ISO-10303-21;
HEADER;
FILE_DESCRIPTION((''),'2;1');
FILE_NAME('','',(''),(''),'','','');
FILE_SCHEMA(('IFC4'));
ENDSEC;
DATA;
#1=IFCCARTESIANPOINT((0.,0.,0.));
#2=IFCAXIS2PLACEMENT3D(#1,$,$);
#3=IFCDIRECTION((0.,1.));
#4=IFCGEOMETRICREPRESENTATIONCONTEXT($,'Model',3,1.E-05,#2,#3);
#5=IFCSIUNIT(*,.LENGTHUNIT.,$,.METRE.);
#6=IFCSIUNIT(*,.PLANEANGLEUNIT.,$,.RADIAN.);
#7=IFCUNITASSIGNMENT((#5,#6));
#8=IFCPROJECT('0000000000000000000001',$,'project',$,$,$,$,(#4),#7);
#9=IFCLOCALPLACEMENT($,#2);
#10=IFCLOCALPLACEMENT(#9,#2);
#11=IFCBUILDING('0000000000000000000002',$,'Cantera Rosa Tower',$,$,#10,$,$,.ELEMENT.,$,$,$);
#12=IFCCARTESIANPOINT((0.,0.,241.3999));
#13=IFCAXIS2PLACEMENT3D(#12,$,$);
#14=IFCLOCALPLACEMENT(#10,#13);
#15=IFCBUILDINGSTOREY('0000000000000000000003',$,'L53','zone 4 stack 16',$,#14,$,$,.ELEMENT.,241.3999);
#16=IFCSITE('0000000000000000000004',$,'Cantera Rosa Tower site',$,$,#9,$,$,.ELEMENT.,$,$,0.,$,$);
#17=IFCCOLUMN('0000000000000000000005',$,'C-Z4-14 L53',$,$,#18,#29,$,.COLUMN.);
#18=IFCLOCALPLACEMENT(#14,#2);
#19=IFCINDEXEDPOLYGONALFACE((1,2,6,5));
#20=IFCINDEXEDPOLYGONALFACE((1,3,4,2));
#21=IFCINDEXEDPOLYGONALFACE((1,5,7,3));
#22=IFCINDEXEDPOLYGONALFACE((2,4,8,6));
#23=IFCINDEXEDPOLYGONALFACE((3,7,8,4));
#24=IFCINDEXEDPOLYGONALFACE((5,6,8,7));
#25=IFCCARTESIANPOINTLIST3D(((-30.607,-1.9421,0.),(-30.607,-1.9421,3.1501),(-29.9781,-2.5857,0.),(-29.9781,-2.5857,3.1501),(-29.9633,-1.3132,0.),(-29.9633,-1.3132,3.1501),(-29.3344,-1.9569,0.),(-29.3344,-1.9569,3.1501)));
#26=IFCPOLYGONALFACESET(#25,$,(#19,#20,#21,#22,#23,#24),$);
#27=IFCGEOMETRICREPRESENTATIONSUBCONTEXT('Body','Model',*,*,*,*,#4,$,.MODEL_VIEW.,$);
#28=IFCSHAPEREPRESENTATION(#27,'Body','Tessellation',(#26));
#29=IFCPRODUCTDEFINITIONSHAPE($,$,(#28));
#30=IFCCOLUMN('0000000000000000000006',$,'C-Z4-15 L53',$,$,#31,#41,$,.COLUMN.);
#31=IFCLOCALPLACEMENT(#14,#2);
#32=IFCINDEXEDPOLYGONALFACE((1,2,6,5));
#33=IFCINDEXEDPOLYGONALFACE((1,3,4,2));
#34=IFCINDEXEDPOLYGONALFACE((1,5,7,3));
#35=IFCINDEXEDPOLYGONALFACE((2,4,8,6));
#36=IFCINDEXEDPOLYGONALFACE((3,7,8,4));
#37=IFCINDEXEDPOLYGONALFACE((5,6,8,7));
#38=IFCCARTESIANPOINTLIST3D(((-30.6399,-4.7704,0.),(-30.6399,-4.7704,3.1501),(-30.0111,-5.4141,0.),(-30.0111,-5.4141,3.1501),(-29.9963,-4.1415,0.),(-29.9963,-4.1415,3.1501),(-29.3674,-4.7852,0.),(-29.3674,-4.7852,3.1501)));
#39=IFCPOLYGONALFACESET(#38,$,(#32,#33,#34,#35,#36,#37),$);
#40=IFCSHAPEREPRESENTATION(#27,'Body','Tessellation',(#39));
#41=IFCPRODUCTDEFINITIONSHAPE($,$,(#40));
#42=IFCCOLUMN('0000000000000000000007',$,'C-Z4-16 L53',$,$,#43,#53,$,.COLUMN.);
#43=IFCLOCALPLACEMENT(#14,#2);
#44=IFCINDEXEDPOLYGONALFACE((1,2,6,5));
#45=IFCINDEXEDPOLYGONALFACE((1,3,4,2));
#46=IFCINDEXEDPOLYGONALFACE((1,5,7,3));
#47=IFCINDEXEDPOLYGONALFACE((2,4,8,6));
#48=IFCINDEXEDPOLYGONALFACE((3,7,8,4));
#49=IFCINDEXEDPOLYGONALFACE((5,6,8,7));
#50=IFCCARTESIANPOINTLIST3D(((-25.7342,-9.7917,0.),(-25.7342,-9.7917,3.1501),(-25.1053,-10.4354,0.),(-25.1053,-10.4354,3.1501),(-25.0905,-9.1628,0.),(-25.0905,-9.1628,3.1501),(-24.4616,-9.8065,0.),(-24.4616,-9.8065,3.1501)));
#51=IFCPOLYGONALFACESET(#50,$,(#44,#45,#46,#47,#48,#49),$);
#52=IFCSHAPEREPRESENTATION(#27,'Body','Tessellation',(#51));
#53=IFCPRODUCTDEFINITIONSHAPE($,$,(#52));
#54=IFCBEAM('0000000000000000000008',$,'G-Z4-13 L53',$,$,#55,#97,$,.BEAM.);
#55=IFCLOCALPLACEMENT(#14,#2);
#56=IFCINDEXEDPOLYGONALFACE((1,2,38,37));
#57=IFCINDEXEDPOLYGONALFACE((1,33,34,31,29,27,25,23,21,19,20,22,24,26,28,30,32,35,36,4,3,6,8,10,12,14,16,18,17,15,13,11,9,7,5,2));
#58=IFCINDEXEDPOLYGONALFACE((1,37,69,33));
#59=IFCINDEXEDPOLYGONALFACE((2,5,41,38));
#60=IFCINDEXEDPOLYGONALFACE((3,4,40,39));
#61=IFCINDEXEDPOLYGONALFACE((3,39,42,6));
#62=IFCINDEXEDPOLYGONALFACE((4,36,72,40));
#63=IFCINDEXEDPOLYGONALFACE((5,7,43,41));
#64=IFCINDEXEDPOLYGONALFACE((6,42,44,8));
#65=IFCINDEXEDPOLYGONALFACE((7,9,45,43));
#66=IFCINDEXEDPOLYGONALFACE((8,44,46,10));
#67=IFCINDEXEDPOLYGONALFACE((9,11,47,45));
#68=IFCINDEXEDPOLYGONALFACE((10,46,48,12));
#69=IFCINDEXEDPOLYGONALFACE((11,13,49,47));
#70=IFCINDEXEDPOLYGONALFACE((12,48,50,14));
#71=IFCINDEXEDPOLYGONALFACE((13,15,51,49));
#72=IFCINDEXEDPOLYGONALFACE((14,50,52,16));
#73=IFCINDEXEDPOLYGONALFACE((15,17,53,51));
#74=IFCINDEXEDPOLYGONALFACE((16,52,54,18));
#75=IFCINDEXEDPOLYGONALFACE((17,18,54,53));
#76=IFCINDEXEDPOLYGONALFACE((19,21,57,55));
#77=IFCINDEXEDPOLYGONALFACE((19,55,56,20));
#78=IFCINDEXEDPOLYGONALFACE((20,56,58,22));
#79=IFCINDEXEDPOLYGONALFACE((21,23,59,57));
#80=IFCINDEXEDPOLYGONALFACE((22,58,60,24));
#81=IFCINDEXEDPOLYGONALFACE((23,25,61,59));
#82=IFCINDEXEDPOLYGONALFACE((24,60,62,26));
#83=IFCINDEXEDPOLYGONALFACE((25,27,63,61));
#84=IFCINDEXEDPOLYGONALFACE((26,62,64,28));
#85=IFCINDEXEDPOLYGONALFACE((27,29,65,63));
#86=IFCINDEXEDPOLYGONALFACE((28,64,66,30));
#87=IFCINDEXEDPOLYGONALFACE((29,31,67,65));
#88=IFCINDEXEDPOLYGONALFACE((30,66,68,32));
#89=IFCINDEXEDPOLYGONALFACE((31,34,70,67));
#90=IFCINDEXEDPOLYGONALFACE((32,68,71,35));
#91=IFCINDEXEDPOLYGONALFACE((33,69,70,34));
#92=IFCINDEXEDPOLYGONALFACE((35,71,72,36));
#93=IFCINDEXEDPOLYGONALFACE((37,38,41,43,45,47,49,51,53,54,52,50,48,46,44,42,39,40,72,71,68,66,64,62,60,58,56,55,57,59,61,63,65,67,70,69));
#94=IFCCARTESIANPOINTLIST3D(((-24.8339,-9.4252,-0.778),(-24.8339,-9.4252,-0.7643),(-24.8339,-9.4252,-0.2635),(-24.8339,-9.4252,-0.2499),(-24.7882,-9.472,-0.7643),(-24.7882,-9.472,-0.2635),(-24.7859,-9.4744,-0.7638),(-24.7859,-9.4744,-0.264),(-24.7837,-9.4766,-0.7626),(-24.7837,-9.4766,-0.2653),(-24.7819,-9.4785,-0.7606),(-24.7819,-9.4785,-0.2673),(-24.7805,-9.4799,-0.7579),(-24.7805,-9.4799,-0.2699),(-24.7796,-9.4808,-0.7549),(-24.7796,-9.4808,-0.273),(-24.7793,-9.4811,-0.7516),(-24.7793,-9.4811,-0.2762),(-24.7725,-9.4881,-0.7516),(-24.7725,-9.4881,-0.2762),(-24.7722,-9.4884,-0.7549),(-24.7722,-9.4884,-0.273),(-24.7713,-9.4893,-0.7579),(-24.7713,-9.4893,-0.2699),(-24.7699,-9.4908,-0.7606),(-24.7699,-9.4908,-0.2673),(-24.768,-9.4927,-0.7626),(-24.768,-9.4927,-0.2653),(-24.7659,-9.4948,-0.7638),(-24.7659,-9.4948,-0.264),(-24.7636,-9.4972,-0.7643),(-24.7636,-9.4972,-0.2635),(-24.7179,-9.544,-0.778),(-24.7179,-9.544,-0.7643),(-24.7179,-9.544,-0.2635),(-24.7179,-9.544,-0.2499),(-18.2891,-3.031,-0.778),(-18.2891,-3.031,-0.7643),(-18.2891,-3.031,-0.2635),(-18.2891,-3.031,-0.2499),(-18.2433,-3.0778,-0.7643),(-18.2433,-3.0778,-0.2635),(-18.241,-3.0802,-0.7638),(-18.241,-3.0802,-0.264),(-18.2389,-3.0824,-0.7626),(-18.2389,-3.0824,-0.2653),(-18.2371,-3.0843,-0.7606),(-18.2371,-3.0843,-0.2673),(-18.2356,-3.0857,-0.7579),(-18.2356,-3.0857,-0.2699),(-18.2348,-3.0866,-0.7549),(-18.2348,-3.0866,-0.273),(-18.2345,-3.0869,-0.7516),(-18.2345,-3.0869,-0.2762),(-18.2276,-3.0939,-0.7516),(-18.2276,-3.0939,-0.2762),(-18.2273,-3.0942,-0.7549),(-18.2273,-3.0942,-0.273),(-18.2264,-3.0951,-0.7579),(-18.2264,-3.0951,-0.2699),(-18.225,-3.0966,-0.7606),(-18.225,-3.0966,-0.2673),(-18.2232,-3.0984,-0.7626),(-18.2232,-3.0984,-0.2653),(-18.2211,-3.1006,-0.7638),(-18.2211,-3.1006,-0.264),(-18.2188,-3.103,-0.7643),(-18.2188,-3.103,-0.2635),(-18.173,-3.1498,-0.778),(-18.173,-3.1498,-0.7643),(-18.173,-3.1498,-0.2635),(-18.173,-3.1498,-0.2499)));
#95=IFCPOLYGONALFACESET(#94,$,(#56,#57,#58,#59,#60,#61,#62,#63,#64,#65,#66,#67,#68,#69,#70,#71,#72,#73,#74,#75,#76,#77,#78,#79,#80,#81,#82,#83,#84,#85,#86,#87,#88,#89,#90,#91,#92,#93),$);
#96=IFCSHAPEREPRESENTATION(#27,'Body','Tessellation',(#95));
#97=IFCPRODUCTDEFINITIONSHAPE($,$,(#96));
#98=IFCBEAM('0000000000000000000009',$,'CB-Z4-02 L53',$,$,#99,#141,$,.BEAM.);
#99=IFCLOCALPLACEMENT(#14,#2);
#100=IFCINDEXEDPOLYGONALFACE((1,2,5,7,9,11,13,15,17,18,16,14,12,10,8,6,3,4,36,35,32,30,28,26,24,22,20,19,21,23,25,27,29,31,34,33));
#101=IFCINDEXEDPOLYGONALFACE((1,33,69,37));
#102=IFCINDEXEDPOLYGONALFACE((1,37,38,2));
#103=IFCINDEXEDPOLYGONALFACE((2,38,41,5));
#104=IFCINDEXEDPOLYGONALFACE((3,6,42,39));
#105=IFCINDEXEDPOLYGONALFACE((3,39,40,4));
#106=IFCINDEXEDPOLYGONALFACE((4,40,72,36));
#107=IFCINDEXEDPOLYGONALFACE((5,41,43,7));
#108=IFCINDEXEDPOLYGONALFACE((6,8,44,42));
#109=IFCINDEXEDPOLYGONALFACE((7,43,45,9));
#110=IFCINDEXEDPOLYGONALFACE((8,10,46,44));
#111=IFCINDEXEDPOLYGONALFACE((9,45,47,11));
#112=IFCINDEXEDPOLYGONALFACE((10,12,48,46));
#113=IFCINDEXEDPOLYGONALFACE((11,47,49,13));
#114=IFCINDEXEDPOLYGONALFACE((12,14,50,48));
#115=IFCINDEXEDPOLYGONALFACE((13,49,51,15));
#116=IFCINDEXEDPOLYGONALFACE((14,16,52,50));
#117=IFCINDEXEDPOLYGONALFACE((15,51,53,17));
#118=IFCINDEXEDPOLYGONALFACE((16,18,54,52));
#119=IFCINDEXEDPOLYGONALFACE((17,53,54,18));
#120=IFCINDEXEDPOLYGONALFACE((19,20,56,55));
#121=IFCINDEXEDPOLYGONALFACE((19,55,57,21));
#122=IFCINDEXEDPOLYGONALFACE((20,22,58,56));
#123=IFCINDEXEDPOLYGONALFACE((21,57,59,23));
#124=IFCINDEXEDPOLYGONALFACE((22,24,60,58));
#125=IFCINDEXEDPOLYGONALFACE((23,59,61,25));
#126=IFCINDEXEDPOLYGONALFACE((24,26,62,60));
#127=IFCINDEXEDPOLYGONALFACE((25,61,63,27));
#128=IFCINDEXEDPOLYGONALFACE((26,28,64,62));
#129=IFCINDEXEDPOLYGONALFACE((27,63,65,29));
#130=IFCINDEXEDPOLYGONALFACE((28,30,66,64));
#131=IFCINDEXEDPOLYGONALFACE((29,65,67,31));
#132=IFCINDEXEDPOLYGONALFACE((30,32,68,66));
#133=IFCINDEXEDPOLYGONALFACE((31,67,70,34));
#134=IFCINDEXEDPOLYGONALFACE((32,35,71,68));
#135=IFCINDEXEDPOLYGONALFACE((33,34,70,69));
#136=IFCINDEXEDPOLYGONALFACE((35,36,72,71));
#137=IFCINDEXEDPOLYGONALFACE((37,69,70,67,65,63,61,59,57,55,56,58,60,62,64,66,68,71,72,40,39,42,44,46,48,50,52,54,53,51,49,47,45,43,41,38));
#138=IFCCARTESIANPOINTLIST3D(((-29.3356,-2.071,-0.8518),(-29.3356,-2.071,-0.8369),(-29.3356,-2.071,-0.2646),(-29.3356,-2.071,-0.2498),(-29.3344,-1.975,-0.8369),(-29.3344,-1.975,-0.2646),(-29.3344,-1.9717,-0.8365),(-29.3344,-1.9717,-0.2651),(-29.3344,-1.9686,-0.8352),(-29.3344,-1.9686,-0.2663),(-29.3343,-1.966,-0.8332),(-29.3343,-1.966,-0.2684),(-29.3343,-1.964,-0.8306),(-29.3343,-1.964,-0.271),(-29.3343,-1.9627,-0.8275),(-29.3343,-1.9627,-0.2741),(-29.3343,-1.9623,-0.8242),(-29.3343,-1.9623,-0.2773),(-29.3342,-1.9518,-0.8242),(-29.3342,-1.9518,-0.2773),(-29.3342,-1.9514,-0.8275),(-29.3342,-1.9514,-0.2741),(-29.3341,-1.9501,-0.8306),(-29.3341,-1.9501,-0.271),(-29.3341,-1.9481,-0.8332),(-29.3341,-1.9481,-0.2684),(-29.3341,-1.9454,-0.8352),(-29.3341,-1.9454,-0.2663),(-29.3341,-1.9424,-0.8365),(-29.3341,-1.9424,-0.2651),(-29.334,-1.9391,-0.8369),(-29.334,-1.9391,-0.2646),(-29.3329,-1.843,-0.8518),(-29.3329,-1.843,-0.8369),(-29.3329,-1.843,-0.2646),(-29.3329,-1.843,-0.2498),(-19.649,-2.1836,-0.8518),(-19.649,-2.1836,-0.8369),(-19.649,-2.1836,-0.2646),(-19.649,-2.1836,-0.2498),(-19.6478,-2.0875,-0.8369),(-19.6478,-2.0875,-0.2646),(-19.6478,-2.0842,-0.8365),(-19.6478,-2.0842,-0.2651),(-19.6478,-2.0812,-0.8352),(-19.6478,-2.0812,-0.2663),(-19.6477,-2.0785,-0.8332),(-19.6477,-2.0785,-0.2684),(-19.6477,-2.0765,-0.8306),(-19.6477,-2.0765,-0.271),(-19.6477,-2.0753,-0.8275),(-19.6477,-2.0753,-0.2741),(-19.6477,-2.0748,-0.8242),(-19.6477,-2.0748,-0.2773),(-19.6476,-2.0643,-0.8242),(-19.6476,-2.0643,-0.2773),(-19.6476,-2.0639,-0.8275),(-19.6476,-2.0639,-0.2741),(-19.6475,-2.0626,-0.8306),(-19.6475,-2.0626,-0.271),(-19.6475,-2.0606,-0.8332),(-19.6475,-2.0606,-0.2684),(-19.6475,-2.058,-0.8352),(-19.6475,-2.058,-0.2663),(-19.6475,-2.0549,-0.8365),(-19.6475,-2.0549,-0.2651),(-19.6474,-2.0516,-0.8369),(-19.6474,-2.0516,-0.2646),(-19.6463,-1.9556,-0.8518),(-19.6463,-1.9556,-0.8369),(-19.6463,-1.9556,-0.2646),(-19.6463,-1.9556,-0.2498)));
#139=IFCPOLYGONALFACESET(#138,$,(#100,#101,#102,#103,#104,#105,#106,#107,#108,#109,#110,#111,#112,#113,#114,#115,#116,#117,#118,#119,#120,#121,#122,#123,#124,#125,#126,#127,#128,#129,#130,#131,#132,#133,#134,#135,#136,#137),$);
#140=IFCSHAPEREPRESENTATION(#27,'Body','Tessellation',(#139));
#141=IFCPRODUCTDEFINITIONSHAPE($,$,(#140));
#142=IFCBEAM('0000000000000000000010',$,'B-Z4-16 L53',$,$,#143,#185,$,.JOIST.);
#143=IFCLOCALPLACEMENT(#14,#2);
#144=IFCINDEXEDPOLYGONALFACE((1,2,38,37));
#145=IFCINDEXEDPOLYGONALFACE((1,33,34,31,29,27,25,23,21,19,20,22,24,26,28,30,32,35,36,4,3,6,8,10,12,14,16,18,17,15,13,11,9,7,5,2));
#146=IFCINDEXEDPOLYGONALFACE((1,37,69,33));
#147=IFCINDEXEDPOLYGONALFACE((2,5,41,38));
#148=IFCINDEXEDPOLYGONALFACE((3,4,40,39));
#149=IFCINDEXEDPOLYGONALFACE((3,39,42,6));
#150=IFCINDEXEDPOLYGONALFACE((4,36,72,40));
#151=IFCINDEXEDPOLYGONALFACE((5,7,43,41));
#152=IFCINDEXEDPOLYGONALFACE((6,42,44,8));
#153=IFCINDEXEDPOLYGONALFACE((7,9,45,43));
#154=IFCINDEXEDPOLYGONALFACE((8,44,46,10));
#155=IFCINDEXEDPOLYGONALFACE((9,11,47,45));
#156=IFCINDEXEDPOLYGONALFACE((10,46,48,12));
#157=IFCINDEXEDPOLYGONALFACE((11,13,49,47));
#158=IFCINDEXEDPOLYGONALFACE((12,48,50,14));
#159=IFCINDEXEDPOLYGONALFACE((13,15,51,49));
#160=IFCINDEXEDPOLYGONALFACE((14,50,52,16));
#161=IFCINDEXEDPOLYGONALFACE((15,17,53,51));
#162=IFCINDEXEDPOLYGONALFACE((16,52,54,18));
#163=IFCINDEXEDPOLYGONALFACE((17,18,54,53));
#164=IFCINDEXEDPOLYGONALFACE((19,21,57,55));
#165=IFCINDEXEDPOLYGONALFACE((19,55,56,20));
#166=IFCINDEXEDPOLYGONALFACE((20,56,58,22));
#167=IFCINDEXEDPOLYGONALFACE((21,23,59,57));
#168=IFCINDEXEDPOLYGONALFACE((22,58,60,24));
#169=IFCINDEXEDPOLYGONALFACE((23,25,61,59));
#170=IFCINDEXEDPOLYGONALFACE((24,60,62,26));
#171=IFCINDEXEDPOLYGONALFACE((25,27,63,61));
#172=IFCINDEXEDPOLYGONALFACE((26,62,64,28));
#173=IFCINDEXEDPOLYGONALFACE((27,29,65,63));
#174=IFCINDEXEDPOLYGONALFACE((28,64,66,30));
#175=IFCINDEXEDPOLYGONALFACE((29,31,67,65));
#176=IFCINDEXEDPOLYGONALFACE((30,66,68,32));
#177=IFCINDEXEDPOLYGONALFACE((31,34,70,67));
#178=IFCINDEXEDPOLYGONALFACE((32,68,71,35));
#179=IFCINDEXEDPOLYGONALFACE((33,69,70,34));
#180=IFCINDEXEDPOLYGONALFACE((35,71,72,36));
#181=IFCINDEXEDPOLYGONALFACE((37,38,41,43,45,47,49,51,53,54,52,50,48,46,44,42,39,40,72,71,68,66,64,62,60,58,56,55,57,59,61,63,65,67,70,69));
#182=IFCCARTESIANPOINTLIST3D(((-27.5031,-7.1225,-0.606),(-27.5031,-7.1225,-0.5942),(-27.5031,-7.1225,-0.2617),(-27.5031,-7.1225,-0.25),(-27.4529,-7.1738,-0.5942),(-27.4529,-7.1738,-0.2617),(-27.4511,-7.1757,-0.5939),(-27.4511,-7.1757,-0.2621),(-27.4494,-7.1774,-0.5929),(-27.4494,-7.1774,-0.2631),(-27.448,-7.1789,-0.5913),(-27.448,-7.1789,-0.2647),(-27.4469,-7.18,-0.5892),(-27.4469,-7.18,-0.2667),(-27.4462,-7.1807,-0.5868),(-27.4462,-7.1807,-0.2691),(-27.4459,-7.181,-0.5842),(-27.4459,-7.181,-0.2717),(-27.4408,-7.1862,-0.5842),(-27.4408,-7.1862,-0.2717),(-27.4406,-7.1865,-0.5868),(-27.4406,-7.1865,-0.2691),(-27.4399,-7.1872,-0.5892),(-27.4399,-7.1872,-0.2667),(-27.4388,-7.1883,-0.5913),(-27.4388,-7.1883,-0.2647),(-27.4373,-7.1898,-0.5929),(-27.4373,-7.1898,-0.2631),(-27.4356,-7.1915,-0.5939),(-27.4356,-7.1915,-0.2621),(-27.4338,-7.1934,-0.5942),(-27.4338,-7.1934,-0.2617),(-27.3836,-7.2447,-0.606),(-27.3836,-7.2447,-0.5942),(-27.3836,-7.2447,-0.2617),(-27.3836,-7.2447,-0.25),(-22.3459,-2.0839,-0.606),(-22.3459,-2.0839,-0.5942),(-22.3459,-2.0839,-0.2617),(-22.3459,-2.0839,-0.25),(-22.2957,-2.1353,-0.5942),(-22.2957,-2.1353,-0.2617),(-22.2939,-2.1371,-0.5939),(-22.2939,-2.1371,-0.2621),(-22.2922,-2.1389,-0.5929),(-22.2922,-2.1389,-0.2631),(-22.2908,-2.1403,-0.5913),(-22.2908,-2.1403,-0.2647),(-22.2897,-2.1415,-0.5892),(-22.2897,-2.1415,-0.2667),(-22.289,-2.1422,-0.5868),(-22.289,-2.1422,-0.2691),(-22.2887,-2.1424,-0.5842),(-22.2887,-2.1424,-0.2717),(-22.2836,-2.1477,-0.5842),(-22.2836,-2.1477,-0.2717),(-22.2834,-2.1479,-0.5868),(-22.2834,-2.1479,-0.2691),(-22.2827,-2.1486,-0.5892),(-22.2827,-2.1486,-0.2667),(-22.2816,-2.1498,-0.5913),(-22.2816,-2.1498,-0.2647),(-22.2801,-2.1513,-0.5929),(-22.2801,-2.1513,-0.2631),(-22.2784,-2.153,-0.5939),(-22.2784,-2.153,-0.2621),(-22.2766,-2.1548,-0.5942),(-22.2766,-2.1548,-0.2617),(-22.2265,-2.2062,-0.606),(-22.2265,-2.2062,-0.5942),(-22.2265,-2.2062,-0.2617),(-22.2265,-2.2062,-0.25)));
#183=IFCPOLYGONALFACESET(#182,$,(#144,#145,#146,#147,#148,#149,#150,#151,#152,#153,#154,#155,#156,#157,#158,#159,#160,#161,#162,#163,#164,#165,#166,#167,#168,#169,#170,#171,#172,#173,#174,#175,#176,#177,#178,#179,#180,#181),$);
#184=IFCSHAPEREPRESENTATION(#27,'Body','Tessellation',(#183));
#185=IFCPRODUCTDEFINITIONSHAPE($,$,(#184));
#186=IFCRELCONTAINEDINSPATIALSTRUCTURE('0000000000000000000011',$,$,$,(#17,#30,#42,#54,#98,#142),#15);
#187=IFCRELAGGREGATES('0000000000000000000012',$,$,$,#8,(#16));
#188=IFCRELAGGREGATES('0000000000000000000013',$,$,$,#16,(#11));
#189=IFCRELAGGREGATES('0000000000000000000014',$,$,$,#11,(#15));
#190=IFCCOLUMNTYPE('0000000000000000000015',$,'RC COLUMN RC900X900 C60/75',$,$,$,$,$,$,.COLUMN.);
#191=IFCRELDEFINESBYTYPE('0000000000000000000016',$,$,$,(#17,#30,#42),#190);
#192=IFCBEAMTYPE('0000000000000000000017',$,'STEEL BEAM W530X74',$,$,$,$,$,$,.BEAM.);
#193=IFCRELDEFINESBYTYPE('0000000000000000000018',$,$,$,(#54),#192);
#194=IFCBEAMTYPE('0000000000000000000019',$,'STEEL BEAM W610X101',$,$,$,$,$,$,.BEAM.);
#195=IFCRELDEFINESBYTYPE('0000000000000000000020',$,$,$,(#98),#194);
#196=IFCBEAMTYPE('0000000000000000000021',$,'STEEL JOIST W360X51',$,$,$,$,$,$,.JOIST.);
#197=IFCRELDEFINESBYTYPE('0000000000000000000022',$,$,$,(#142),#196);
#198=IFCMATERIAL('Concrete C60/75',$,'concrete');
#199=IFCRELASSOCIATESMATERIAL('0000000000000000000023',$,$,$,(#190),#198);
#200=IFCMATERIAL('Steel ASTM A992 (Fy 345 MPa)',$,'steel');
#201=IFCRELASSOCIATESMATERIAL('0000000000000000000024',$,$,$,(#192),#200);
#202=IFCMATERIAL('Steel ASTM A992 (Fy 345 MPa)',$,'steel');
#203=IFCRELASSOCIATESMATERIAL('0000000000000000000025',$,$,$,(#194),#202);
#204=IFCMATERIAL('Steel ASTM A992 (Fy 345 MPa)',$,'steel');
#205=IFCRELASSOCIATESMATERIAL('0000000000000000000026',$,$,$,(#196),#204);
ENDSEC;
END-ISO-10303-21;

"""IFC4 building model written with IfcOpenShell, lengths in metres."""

from ifc_helpers import new_model, si_unit, direction, frame, origin, origin_2d, place, context, subcontext, project, spatial, rectangle, i_section, extrude, material, material_profile, profile_set, type_object, element, save


model = new_model("IFC4")

# Units and contexts
model_context = context("Model", 3, precision=1e-05, world=origin(), true_north=direction((0.0, 1.0)))
body_context = subcontext(model_context, "Body", "Model", "MODEL_VIEW")
ifc_project = project(units=[si_unit("LENGTHUNIT", "METRE"), si_unit("PLANEANGLEUNIT", "RADIAN")], contexts=[model_context])

# Site, building, storey
site_placement = place(None, origin())
site = spatial("IfcSite", under=ifc_project, at=site_placement, Name="Cantera Rosa Tower site", CompositionType="ELEMENT", RefElevation=0.0)
building_placement = place(site_placement, origin())
building = spatial("IfcBuilding", under=site, at=building_placement, Name="Cantera Rosa Tower", CompositionType="ELEMENT")
storey_placement = place(building_placement, frame((0.0, 0.0, 241.3999)))
storey = spatial("IfcBuildingStorey", under=building, at=storey_placement, Name="L53", Description="zone 4 stack 16", CompositionType="ELEMENT", Elevation=241.3999)

# Columns
ifc_material_1 = material(Name="Concrete C60/75", Category="concrete")
ifc_material_profile_1 = material_profile(ifc_material_1, rectangle(XDim=0.8999, YDim=0.8999, at=origin_2d()), Name="RC COLUMN RC900X900 C60/75")
ifc_profile_set_1 = profile_set([ifc_material_profile_1], Name="Concrete C60/75")
column_type = type_object("IfcColumnType", Name="RC COLUMN RC900X900 C60/75", PredefinedType="COLUMN", material=ifc_profile_set_1)
for number, where, z_axis, x_axis, name in (
    (1, (-29.9707, -1.9495, 0.0), (0.0, 0.0, 1.0), (0.715286, 0.698832, 0.0), "C-Z4-14 L53"),
    (2, (-30.0037, -4.7778, 0.0), (0.0, 0.0, 1.0), (0.715286, 0.698832, 0.0), "C-Z4-15 L53"),
    (3, (-25.0979, -9.7991, 0.0), (0.0, 0.0, 1.0), (0.715286, 0.698832, 0.0), "C-Z4-16 L53"),
):
    element("IfcColumn", number, at=place(storey_placement, frame(where, z_axis=z_axis, x_axis=x_axis)), inside=storey, type_object=column_type, Name=name, PredefinedType="COLUMN", context=body_context, shape_type="SweptSolid", body=[
        extrude(rectangle(XDim=0.8999, YDim=0.8999, at=origin_2d()), origin(), (0.0, 0.0, 1.0), 3.1501),
    ])

# Beams
ifc_material_2 = material(Name="Steel ASTM A992 (Fy 345 MPa)", Category="steel")
ifc_material_profile_2 = material_profile(ifc_material_2, i_section(OverallWidth=0.166, OverallDepth=0.5281, WebThickness=0.0098, FlangeThickness=0.0137, FilletRadius=0.0127, at=origin_2d()), Name="W530X74")
ifc_profile_set_2 = profile_set([ifc_material_profile_2], Name="Steel ASTM A992 (Fy 345 MPa)")
beam_type_1 = type_object("IfcBeamType", Name="STEEL BEAM W530X74", PredefinedType="BEAM", material=ifc_profile_set_2)
beam_1_placement = place(storey_placement, frame((-24.7759, -9.4846, -0.5139), z_axis=(0.71529, 0.698827, 0.0), x_axis=(-0.698827, 0.71529, 0.0)))
element("IfcBeam", 4, at=beam_1_placement, inside=storey, type_object=beam_type_1, Name="G-Z4-13 L53", PredefinedType="BEAM", context=body_context, shape_type="SweptSolid", body=[
    extrude(i_section(OverallWidth=0.166, OverallDepth=0.5281, WebThickness=0.0098, FlangeThickness=0.0137, FilletRadius=0.0127, at=origin_2d()), origin(), (0.0, 0.0, 1.0), 9.1499),
])
ifc_material_3 = material(Name="Steel ASTM A992 (Fy 345 MPa)", Category="steel")
ifc_material_profile_3 = material_profile(ifc_material_3, i_section(OverallWidth=0.228, OverallDepth=0.6021, WebThickness=0.0105, FlangeThickness=0.0149, FilletRadius=0.0127, at=origin_2d()), Name="W610X101")
ifc_profile_set_3 = profile_set([ifc_material_profile_3], Name="Steel ASTM A992 (Fy 345 MPa)")
beam_type_2 = type_object("IfcBeamType", Name="STEEL BEAM W610X101", PredefinedType="BEAM", material=ifc_profile_set_3)
beam_2_placement = place(storey_placement, frame((-29.3342, -1.957, -0.5508), z_axis=(0.999933, -0.011618, 0.0), x_axis=(0.011618, 0.999933, 0.0)))
element("IfcBeam", 5, at=beam_2_placement, inside=storey, type_object=beam_type_2, Name="CB-Z4-02 L53", PredefinedType="BEAM", context=body_context, shape_type="SweptSolid", body=[
    extrude(i_section(OverallWidth=0.228, OverallDepth=0.6021, WebThickness=0.0105, FlangeThickness=0.0149, FilletRadius=0.0127, at=origin_2d()), origin(), (0.0, 0.0, 1.0), 9.6873),
])
ifc_material_4 = material(Name="Steel ASTM A992 (Fy 345 MPa)", Category="steel")
ifc_material_profile_4 = material_profile(ifc_material_4, i_section(OverallWidth=0.1709, OverallDepth=0.356, WebThickness=0.0073, FlangeThickness=0.0117, FilletRadius=0.01, at=origin_2d()), Name="W360X51")
ifc_profile_set_4 = profile_set([ifc_material_profile_4], Name="Steel ASTM A992 (Fy 345 MPa)")
beam_type_3 = type_object("IfcBeamType", Name="STEEL JOIST W360X51", PredefinedType="JOIST", material=ifc_profile_set_4)
beam_3_placement = place(storey_placement, frame((-27.4434, -7.1836, -0.428), z_axis=(0.715287, 0.698831, 0.0), x_axis=(-0.698831, 0.715287, 0.0)))
element("IfcBeam", 6, at=beam_3_placement, inside=storey, type_object=beam_type_3, Name="B-Z4-16 L53", PredefinedType="JOIST", context=body_context, shape_type="SweptSolid", body=[
    extrude(i_section(OverallWidth=0.1709, OverallDepth=0.356, WebThickness=0.0073, FlangeThickness=0.0117, FilletRadius=0.01, at=origin_2d()), origin(), (0.0, 0.0, 1.0), 7.21),
])

save(model, "model.ifc")
